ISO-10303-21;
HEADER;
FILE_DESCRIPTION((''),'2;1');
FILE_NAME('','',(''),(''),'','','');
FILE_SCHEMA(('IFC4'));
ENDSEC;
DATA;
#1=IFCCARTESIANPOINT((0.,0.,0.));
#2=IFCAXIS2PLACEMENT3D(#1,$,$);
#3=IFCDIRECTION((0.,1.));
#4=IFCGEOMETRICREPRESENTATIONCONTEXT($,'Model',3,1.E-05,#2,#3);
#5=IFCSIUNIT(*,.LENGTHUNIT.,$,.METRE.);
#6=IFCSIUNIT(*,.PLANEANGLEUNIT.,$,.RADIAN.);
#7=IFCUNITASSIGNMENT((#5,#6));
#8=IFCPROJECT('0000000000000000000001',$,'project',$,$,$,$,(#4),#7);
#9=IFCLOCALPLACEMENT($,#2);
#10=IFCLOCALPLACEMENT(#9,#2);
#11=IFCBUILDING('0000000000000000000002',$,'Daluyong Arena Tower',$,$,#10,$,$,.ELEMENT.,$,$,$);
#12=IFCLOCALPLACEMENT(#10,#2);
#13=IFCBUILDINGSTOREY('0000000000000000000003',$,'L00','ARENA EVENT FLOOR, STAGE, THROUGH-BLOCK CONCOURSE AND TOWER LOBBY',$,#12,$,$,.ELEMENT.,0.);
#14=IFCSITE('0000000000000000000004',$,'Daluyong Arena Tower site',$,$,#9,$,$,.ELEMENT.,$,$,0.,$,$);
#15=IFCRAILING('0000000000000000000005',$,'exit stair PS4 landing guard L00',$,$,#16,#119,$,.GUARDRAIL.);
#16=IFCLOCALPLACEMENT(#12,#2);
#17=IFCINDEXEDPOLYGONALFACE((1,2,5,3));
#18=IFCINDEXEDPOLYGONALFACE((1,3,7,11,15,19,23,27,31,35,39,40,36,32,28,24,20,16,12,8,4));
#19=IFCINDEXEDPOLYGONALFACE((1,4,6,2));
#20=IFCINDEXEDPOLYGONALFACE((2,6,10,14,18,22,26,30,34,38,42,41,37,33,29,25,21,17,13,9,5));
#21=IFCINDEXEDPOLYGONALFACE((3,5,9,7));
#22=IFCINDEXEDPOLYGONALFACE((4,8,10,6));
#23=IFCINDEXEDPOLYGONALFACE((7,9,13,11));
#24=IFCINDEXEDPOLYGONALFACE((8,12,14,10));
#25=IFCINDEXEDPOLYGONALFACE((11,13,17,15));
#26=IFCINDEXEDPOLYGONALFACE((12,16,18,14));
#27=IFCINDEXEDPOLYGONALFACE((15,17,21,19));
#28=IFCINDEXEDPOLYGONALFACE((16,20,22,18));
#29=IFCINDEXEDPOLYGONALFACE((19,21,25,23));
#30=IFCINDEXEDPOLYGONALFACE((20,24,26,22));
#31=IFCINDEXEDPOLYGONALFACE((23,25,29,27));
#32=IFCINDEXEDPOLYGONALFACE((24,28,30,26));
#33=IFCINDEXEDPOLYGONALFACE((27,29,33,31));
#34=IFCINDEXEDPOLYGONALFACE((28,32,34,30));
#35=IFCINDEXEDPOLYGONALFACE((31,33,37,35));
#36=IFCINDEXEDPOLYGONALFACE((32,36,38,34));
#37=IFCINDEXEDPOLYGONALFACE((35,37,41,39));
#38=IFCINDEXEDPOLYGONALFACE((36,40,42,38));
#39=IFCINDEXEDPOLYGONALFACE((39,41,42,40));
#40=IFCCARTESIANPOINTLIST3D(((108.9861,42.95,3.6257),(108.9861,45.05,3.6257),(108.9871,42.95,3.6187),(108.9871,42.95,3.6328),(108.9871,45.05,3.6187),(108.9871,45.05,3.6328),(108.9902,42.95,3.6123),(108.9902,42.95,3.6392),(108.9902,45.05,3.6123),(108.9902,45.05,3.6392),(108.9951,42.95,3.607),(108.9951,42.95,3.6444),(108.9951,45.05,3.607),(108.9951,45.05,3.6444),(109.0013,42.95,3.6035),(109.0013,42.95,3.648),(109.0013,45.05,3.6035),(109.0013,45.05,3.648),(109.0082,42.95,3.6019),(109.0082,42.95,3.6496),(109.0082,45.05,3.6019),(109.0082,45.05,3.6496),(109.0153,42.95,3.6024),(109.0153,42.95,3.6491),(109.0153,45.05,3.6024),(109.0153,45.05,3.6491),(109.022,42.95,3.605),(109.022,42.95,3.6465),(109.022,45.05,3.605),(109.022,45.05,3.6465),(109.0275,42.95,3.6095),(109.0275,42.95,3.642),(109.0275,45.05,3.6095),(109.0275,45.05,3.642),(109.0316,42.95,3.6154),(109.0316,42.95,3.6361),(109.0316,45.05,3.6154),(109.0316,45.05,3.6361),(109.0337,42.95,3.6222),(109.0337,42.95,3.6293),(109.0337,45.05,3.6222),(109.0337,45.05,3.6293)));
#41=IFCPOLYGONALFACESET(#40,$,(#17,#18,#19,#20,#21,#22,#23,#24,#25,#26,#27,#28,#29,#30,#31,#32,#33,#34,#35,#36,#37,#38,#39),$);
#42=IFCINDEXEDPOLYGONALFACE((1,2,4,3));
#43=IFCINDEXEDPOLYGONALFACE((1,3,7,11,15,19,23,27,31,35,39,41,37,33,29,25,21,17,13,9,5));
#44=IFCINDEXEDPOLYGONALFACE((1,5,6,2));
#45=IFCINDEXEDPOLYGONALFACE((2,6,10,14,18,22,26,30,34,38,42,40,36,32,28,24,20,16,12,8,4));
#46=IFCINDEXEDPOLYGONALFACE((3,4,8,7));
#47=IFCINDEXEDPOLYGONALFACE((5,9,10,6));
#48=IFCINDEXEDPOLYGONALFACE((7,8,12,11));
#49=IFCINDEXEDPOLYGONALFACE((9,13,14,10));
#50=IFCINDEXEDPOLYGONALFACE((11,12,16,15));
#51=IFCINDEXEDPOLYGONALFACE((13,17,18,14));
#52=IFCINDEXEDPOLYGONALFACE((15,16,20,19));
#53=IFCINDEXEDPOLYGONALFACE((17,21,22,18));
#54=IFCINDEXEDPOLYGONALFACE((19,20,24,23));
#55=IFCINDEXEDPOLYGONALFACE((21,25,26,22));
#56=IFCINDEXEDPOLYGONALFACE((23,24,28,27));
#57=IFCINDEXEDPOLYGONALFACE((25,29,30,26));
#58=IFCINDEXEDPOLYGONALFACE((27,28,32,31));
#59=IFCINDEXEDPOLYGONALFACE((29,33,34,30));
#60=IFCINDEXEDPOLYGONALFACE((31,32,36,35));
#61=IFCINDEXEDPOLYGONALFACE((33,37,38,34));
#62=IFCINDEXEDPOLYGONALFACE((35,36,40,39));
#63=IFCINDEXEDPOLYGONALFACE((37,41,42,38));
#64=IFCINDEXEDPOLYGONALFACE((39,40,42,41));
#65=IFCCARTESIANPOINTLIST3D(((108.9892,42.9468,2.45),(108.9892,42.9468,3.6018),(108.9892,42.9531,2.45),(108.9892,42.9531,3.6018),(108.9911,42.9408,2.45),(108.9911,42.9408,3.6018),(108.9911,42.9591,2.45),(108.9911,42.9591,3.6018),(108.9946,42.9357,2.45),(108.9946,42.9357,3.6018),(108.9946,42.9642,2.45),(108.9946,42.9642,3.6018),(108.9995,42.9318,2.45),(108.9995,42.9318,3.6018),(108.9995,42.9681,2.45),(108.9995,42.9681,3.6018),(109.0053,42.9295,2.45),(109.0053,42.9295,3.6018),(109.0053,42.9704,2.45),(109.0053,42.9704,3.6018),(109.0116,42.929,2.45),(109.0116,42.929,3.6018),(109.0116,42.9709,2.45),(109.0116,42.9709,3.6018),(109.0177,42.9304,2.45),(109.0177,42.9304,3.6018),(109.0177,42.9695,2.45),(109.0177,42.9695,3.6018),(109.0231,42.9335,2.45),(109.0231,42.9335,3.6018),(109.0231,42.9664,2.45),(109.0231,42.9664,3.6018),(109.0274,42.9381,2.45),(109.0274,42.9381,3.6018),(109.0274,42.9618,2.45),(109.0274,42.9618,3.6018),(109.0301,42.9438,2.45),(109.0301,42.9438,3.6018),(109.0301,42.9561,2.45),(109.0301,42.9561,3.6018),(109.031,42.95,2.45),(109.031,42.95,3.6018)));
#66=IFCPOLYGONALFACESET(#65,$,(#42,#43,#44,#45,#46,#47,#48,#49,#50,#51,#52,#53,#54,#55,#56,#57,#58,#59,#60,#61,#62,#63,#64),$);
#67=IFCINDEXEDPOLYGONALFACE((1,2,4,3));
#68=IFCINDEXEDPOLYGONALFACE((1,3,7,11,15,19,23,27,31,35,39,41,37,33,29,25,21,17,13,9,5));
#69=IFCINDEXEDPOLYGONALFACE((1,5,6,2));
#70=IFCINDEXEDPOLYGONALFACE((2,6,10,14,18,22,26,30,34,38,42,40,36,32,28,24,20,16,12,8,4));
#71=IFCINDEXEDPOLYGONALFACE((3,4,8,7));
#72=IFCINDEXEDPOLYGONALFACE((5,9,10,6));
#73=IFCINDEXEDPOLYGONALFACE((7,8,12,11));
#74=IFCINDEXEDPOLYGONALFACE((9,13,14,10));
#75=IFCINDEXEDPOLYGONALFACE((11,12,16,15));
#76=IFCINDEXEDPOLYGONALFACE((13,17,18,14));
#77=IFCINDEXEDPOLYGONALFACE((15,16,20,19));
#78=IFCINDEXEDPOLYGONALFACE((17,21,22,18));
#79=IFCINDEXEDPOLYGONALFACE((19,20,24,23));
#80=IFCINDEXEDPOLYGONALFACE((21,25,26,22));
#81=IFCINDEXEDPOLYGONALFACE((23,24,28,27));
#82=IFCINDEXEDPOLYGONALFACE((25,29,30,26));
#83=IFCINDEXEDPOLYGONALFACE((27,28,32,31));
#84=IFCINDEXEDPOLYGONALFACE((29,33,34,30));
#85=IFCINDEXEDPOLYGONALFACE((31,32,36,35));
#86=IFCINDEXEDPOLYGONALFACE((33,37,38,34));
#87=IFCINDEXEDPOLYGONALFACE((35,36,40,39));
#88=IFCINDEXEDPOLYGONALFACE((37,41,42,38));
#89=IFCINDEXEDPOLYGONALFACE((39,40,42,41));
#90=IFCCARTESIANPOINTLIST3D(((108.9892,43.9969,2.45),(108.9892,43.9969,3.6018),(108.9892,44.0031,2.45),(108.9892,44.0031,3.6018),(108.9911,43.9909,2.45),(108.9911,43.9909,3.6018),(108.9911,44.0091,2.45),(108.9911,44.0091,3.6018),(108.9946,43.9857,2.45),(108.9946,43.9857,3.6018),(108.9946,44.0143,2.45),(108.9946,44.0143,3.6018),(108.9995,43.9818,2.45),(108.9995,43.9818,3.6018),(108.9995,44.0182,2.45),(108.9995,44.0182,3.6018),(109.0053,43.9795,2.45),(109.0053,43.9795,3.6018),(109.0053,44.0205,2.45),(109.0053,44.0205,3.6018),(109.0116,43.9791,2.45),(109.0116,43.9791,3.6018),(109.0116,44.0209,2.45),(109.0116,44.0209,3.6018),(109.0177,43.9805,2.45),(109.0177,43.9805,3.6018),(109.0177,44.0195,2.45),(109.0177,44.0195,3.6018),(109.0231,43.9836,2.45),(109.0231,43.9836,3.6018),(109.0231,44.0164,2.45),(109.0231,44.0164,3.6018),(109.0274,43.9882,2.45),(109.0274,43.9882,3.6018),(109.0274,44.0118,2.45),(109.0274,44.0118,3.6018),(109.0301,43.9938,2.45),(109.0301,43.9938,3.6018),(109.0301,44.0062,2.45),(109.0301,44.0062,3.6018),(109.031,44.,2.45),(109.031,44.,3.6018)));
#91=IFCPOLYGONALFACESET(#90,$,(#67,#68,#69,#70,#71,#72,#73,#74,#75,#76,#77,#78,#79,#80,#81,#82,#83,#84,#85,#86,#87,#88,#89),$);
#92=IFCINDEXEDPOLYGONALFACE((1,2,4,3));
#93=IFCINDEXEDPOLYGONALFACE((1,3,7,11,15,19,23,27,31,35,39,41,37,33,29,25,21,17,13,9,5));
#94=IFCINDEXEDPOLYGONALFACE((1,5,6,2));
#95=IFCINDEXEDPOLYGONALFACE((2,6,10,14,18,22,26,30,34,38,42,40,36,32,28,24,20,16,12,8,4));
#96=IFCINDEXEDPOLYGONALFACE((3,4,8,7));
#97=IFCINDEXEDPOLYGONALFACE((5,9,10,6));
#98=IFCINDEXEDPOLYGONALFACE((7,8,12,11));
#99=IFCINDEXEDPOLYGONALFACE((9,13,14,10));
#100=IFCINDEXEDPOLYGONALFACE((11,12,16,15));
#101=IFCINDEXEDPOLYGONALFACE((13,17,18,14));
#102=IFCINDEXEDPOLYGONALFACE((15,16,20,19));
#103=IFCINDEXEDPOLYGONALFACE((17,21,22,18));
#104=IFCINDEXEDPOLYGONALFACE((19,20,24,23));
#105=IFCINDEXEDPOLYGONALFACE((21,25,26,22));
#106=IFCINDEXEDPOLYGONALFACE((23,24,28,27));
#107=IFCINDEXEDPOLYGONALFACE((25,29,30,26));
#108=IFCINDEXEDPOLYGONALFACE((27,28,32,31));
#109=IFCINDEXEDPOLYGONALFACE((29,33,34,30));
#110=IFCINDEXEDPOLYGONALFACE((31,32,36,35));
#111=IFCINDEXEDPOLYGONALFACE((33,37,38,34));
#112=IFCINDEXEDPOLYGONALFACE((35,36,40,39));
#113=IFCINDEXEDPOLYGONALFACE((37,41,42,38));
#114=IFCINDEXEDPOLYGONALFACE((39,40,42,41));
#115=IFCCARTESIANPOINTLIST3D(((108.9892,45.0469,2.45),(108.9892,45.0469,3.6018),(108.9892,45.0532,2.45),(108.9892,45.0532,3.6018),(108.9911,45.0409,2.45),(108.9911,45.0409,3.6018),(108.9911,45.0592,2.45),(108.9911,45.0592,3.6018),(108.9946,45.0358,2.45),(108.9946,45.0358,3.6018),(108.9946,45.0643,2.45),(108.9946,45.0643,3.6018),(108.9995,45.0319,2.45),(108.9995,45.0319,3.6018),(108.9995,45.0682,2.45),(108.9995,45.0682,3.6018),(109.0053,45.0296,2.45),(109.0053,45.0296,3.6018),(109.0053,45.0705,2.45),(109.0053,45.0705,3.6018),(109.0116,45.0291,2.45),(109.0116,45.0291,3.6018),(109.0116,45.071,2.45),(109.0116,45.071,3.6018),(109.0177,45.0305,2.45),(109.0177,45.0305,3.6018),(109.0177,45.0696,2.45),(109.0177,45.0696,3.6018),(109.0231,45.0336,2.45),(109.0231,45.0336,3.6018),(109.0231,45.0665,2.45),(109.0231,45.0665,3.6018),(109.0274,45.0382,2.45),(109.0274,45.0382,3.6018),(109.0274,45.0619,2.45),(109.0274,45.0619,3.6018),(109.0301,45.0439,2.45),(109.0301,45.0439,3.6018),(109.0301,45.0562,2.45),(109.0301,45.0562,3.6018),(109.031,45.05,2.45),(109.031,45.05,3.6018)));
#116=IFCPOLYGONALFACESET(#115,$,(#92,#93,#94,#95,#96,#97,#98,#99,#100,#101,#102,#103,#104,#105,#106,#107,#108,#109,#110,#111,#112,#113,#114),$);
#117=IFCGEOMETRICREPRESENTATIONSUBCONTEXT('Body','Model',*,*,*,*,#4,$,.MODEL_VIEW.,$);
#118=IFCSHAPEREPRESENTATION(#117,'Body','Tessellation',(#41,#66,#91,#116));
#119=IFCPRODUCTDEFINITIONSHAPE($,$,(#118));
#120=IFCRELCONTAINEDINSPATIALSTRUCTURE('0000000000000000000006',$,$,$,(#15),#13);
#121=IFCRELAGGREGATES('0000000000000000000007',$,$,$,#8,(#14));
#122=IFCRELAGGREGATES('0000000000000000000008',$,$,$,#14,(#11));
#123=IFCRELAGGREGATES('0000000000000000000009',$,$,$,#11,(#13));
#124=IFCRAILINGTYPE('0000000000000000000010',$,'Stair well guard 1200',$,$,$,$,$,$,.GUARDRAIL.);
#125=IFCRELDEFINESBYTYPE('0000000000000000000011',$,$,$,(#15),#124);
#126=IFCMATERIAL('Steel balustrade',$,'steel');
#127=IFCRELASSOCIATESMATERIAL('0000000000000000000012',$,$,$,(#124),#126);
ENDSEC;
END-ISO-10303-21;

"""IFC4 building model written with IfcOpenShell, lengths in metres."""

from ifc_helpers import new_model, si_unit, direction, frame, origin, origin_2d, place, context, subcontext, project, spatial, circle, extrude, material, type_object, element, save


model = new_model("IFC4")

# Units and contexts
model_context = context("Model", 3, precision=1e-05, world=origin(), true_north=direction((0.0, 1.0)))
body_context = subcontext(model_context, "Body", "Model", "MODEL_VIEW")
ifc_project = project(units=[si_unit("LENGTHUNIT", "METRE"), si_unit("PLANEANGLEUNIT", "RADIAN")], contexts=[model_context])

# Site, building, storey
site_placement = place(None, origin())
site = spatial("IfcSite", under=ifc_project, at=site_placement, Name="Daluyong Arena Tower site", CompositionType="ELEMENT", RefElevation=0.0)
building_placement = place(site_placement, origin())
building = spatial("IfcBuilding", under=site, at=building_placement, Name="Daluyong Arena Tower", CompositionType="ELEMENT")
storey_placement = place(building_placement, origin())
storey = spatial("IfcBuildingStorey", under=building, at=storey_placement, Name="L00", Description="ARENA EVENT FLOOR, STAGE, THROUGH-BLOCK CONCOURSE AND TOWER LOBBY", CompositionType="ELEMENT", Elevation=0.0)

# Railing
ifc_material_1 = material(Name="Steel balustrade", Category="steel")
railing_type_1 = type_object("IfcRailingType", Name="Stair well guard 1200", PredefinedType="GUARDRAIL", material=ifc_material_1)
railing_1_placement = place(storey_placement, frame((109.01, 42.95, 2.45)))
element("IfcRailing", 1, at=railing_1_placement, inside=storey, type_object=railing_type_1, Name="exit stair PS4 landing guard L00", PredefinedType="GUARDRAIL", context=body_context, shape_type="SweptSolid", body=[
    extrude(circle(Radius=0.0239, at=origin_2d()), frame((0.0, 0.0, 1.1758), z_axis=(0.0, 1.0, 0.0), x_axis=(-1.0, 0.0, 0.0)), (0.0, 0.0, 1.0), 2.1001),
    extrude(circle(Radius=0.021, at=origin_2d()), origin(), (0.0, 0.0, 1.0), 1.1519),
    extrude(circle(Radius=0.021, at=origin_2d()), frame((0.0, 1.05, 0.0)), (0.0, 0.0, 1.0), 1.1519),
    extrude(circle(Radius=0.021, at=origin_2d()), frame((0.0, 2.1001, 0.0)), (0.0, 0.0, 1.0), 1.1519),
])

save(model, "model.ifc")
